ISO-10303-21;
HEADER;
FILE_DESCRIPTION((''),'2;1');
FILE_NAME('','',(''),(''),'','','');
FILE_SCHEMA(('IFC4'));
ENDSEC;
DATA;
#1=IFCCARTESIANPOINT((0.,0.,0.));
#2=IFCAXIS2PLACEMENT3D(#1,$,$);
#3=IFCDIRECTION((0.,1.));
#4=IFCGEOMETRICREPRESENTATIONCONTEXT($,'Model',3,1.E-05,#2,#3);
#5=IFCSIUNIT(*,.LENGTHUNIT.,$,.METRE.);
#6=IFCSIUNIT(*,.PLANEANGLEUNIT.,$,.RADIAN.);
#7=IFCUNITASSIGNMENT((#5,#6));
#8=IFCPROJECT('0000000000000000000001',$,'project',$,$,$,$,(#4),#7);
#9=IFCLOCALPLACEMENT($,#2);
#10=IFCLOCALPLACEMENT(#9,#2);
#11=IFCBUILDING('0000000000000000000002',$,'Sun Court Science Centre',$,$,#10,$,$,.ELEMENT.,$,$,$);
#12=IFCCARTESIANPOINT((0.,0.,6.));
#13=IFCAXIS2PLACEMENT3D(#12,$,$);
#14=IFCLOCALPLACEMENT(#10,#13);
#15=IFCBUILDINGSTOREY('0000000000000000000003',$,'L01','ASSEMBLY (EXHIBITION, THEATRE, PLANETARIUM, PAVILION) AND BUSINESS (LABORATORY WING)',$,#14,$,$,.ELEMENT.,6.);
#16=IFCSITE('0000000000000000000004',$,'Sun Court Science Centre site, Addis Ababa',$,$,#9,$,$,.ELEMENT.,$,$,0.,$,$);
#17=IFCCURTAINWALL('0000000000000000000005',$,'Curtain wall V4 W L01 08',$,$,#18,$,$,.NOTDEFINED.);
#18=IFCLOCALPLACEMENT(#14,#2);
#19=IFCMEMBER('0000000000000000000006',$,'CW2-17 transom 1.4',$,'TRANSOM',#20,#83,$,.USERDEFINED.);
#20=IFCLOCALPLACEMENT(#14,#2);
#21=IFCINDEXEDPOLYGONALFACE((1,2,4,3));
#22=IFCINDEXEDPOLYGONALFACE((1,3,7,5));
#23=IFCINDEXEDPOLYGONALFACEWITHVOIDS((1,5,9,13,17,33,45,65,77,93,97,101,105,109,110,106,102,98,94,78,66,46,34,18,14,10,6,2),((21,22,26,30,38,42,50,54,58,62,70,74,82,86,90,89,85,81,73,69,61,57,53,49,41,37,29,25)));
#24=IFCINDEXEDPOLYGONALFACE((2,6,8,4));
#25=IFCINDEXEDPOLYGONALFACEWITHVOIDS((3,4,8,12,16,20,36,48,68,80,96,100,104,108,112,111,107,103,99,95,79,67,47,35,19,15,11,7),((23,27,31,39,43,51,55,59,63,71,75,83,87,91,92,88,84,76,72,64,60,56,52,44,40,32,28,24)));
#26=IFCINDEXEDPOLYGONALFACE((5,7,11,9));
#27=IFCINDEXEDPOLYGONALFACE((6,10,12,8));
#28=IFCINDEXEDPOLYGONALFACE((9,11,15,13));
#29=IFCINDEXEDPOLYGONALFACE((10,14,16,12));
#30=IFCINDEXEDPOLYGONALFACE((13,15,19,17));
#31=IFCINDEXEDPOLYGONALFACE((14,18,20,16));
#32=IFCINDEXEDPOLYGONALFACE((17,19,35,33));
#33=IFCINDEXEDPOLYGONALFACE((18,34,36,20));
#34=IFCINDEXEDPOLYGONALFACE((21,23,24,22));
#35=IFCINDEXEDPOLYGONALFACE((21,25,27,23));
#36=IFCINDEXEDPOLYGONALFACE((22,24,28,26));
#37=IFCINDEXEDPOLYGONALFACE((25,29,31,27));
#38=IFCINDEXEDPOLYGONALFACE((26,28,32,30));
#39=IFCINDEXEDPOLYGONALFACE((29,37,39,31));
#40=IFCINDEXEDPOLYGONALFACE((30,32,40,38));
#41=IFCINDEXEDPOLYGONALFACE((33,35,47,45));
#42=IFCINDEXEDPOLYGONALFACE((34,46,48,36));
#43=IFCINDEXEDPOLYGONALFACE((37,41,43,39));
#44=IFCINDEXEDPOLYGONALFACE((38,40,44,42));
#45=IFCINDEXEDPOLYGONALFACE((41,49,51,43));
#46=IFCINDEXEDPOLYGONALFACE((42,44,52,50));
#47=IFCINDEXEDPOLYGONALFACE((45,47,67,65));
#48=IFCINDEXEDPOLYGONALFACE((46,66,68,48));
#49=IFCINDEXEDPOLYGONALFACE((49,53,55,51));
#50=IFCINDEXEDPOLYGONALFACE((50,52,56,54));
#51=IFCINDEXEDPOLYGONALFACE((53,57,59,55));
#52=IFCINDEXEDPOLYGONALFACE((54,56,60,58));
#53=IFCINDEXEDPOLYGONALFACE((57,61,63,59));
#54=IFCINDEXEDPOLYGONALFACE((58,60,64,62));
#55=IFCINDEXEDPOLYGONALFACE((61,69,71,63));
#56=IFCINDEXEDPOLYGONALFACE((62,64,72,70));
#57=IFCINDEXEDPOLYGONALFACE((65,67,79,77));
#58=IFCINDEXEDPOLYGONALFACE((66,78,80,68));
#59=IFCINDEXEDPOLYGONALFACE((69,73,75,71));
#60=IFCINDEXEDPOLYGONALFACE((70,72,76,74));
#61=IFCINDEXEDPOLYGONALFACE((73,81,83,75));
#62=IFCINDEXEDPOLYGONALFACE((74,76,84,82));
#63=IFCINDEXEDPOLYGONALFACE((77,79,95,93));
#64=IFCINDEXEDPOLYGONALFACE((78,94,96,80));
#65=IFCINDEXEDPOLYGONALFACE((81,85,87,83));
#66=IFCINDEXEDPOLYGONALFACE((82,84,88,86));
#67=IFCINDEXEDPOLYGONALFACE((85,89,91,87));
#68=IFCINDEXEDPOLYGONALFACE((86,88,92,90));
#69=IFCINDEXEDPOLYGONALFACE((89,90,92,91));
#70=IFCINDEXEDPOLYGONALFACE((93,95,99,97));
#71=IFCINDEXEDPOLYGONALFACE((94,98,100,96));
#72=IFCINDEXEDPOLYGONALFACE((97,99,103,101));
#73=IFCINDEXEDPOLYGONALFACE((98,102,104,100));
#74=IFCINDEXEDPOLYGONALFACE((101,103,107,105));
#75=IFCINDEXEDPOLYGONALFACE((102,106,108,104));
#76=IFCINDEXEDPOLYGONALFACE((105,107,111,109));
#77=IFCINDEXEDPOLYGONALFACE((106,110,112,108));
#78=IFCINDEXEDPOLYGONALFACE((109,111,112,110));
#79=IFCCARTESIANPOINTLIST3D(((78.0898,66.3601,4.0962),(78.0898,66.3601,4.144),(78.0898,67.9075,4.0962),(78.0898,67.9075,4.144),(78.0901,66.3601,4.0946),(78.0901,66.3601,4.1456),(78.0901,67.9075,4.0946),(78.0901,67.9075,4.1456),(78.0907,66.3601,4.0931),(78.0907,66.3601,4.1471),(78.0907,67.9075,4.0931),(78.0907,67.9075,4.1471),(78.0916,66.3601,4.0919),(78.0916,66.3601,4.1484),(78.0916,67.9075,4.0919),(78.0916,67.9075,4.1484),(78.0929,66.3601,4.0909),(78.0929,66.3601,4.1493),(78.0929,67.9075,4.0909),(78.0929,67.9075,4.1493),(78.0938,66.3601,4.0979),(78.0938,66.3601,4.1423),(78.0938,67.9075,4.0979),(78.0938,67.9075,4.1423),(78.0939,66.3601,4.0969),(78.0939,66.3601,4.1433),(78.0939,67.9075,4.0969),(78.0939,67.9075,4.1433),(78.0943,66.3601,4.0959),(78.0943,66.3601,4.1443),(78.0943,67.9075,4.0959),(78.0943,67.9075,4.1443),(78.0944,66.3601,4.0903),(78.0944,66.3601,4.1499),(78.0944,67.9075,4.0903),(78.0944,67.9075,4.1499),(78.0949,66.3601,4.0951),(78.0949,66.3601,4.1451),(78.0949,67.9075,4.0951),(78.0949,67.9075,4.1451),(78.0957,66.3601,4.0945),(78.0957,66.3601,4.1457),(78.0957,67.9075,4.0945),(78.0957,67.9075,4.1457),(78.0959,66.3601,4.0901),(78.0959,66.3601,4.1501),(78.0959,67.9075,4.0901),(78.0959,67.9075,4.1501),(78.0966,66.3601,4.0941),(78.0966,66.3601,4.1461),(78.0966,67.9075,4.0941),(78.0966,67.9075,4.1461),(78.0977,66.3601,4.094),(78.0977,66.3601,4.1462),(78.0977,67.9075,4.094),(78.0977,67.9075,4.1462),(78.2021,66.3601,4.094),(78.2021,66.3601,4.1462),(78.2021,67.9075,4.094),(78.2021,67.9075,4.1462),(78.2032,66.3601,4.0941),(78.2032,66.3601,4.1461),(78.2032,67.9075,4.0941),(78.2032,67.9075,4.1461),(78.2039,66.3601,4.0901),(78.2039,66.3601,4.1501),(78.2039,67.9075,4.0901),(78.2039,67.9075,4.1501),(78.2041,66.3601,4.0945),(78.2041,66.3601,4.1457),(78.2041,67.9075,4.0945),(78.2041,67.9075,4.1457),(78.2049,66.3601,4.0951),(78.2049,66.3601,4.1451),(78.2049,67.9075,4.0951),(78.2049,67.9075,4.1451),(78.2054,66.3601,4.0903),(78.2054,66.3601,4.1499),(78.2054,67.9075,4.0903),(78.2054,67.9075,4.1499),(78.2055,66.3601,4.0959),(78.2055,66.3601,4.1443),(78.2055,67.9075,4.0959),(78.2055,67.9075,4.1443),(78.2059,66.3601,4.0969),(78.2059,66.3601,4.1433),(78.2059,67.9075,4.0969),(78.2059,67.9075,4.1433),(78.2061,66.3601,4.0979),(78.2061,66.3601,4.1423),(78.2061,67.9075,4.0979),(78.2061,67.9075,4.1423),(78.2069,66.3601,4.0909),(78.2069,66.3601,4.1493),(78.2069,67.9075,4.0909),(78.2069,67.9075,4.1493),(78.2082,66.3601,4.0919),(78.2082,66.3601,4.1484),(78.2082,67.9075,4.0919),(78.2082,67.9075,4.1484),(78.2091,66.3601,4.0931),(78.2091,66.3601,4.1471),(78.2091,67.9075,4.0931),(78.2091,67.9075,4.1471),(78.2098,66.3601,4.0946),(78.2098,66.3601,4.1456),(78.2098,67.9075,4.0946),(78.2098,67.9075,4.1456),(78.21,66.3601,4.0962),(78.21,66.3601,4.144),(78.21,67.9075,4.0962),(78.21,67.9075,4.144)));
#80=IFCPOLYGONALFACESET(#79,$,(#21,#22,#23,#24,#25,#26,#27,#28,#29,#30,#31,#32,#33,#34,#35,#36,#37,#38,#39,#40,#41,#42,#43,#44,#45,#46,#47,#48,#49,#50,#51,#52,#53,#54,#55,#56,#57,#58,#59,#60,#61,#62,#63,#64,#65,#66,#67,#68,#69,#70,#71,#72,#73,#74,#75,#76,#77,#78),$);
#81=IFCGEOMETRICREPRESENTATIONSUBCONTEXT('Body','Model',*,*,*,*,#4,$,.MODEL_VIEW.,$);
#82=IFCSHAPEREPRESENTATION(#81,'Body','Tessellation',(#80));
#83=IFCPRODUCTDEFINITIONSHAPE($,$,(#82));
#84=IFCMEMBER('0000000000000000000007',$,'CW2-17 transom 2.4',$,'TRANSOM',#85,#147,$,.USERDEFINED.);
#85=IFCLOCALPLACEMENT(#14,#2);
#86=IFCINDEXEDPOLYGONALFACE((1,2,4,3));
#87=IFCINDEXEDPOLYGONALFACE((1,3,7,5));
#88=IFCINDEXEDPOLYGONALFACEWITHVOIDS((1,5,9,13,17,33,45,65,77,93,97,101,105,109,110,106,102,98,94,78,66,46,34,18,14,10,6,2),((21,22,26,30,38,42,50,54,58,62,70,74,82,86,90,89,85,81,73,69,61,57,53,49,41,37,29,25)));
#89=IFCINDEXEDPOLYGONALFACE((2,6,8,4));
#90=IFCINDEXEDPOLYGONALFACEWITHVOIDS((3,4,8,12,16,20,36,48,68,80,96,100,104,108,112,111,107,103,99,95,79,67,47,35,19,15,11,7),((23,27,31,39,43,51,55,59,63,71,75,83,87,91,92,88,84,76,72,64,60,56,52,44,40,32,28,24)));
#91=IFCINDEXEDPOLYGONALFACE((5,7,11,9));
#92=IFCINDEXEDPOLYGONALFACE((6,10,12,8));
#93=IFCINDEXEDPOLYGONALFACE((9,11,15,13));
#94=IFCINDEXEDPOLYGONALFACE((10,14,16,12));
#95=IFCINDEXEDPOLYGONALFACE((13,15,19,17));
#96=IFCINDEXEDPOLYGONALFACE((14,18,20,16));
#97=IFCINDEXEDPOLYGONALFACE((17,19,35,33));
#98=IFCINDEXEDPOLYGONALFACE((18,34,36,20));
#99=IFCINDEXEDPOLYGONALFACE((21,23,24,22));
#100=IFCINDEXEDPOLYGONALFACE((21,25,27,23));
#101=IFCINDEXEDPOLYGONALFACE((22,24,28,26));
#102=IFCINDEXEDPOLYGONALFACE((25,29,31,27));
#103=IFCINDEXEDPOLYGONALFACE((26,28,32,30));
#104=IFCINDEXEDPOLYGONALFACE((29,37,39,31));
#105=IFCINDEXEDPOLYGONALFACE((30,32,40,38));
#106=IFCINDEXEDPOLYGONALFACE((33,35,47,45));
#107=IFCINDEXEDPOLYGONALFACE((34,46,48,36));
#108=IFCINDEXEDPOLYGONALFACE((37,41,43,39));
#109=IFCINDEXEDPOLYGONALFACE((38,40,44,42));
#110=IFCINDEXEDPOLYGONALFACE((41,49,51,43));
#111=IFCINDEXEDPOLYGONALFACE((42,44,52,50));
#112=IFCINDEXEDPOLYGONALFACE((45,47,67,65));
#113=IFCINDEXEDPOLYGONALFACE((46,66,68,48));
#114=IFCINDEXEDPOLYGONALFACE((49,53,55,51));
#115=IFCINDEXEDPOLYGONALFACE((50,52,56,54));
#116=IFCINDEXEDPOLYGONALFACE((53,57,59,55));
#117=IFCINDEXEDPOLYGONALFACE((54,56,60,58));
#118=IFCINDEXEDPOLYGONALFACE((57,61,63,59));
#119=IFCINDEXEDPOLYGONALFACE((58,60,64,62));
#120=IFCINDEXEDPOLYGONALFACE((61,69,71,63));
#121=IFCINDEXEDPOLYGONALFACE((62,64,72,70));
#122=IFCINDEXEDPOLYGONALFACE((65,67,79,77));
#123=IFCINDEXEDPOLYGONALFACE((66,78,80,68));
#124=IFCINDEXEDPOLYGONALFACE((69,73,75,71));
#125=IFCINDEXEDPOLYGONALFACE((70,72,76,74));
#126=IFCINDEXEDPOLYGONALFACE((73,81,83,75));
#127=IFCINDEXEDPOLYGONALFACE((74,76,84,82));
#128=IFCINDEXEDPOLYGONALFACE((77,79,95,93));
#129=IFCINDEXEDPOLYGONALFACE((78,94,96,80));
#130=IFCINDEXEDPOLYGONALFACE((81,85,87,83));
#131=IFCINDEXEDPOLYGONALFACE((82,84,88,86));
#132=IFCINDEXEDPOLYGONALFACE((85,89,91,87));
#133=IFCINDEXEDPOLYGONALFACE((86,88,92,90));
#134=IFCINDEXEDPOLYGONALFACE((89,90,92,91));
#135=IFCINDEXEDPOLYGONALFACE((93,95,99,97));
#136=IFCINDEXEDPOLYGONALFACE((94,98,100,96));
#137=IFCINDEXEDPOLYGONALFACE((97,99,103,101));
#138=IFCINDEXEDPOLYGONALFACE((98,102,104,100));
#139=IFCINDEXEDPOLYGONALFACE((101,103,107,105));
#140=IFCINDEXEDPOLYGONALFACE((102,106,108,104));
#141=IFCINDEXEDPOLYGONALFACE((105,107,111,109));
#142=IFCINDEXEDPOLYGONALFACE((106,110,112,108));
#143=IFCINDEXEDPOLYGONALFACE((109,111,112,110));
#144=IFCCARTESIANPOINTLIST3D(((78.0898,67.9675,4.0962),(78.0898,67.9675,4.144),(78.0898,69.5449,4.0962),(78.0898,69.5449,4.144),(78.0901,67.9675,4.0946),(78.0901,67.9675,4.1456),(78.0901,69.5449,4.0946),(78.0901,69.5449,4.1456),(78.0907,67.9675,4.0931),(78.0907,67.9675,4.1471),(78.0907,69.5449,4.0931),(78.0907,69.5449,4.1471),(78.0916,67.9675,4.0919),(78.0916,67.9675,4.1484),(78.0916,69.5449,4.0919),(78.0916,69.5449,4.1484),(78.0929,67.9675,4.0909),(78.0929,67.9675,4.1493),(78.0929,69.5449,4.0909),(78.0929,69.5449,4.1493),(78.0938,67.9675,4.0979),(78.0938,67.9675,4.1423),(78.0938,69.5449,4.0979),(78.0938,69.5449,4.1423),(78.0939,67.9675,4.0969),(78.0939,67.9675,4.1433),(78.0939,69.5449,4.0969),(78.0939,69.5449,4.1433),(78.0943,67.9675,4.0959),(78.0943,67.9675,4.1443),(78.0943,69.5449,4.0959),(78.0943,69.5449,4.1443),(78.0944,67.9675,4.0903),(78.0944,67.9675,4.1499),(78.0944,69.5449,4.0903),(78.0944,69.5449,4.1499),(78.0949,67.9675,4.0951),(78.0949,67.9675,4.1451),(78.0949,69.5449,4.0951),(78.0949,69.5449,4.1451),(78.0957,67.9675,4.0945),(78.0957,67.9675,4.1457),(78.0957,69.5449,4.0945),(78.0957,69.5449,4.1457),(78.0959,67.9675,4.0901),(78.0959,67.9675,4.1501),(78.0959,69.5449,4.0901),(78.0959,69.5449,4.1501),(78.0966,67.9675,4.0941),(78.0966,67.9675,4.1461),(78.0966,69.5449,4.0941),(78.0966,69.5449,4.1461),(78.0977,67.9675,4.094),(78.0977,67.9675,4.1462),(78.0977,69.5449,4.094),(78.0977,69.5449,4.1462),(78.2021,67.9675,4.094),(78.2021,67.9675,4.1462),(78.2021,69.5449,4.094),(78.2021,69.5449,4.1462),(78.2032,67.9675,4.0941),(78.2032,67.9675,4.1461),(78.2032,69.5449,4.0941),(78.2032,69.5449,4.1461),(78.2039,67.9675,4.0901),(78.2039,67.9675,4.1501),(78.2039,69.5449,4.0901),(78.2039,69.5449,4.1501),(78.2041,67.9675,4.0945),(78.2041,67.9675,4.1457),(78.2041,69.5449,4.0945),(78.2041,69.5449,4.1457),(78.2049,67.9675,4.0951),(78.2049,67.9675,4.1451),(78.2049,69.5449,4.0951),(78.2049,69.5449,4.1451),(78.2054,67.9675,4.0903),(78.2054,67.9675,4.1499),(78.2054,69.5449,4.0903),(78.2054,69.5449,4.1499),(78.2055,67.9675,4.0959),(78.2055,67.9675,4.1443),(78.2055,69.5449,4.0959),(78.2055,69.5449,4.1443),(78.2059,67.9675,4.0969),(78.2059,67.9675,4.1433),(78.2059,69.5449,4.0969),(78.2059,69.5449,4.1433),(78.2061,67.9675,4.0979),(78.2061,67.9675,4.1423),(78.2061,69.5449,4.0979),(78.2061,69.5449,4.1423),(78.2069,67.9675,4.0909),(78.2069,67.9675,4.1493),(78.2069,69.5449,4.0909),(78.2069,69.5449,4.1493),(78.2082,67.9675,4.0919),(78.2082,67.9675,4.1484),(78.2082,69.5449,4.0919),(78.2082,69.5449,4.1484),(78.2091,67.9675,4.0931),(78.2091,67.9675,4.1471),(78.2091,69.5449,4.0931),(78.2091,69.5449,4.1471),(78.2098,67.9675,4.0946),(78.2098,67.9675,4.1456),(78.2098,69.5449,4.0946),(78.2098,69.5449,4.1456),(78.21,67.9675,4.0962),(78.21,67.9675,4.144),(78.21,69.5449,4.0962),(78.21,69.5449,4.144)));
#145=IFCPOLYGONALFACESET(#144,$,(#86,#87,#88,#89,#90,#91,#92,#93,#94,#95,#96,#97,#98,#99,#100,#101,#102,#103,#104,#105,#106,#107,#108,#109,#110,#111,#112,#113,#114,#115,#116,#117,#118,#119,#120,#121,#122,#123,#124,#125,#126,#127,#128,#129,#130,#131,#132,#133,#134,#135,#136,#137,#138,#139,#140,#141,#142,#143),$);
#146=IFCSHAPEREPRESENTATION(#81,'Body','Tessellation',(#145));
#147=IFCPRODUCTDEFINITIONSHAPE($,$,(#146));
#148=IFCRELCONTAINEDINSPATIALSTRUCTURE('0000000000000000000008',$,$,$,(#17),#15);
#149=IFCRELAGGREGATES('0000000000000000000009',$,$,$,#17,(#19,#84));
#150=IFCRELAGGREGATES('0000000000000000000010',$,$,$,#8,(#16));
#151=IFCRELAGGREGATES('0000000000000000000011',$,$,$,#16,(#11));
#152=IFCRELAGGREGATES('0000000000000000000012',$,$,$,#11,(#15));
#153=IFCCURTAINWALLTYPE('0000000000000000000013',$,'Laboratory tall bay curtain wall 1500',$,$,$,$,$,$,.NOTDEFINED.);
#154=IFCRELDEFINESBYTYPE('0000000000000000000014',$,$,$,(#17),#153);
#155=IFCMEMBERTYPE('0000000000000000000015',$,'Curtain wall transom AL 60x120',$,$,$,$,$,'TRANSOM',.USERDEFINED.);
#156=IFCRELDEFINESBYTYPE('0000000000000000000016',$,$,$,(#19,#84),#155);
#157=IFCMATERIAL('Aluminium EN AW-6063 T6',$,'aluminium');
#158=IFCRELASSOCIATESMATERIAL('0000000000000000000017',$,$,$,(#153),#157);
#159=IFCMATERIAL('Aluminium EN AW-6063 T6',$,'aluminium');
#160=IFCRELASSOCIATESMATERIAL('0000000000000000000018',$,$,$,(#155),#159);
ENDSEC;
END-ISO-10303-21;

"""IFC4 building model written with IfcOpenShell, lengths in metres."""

from ifc_helpers import new_model, si_unit, direction, frame, origin, origin_2d, place, context, subcontext, project, spatial, hollow_rectangle, extrude, material, material_profile, profile_set, type_object, element, aggregate, save


model = new_model("IFC4")

# Units and contexts
model_context = context("Model", 3, precision=1e-05, world=origin(), true_north=direction((0.0, 1.0)))
body_context = subcontext(model_context, "Body", "Model", "MODEL_VIEW")
ifc_project = project(units=[si_unit("LENGTHUNIT", "METRE"), si_unit("PLANEANGLEUNIT", "RADIAN")], contexts=[model_context])

# Site, building, storey
site_placement = place(None, origin())
site = spatial("IfcSite", under=ifc_project, at=site_placement, Name="Sun Court Science Centre site, Addis Ababa", CompositionType="ELEMENT", RefElevation=0.0)
building_placement = place(site_placement, origin())
building = spatial("IfcBuilding", under=site, at=building_placement, Name="Sun Court Science Centre", CompositionType="ELEMENT")
storey_placement = place(building_placement, frame((0.0, 0.0, 6.0)))
storey = spatial("IfcBuildingStorey", under=building, at=storey_placement, Name="L01", Description="ASSEMBLY (EXHIBITION, THEATRE, PLANETARIUM, PAVILION) AND BUSINESS (LABORATORY WING)", CompositionType="ELEMENT", Elevation=6.0)

# Shared definitions
ifc_material_1 = material(Name="Aluminium EN AW-6063 T6", Category="aluminium")
curtain_wall_type = type_object("IfcCurtainWallType", Name="Laboratory tall bay curtain wall 1500", PredefinedType="NOTDEFINED", material=ifc_material_1)

# Curtain wall
curtain_wall_1_placement = place(storey_placement, origin())
curtain_wall_1 = element("IfcCurtainWall", 1, at=curtain_wall_1_placement, inside=storey, type_object=curtain_wall_type, Name="Curtain wall V4 W L01 08", PredefinedType="NOTDEFINED")

# Members
ifc_material_2 = material(Name="Aluminium EN AW-6063 T6", Category="aluminium")
ifc_material_profile_1 = material_profile(ifc_material_2, hollow_rectangle(XDim=0.0601, YDim=0.1201, WallThickness=0.0039, InnerFilletRadius=0.0039, OuterFilletRadius=0.0061, at=origin_2d()), Name="AL 60x120x4")
ifc_profile_set_1 = profile_set([ifc_material_profile_1], Name="Aluminium EN AW-6063 T6")
member_type_1 = type_object("IfcMemberType", Name="Curtain wall transom AL 60x120", ElementType="TRANSOM", PredefinedType="USERDEFINED", material=ifc_profile_set_1)
member_1_placement = place(storey_placement, frame((78.1499, 66.3601, 4.1201), z_axis=(0.0, 1.0, 0.0), x_axis=(0.0, 0.0, 1.0)))
member_1 = element("IfcMember", 2, at=member_1_placement, type_object=member_type_1, Name="CW2-17 transom 1.4", ObjectType="TRANSOM", PredefinedType="USERDEFINED", context=body_context, shape_type="SweptSolid", body=[
    extrude(hollow_rectangle(XDim=0.0601, YDim=0.1201, WallThickness=0.0039, InnerFilletRadius=0.0039, OuterFilletRadius=0.0061, at=origin_2d()), origin(), (0.0, 0.0, 1.0), 1.5474),
])
member_2_placement = place(storey_placement, frame((78.1499, 67.9675, 4.1201), z_axis=(0.0, 1.0, 0.0), x_axis=(0.0, 0.0, 1.0)))
member_2 = element("IfcMember", 3, at=member_2_placement, type_object=member_type_1, Name="CW2-17 transom 2.4", ObjectType="TRANSOM", PredefinedType="USERDEFINED", context=body_context, shape_type="SweptSolid", body=[
    extrude(hollow_rectangle(XDim=0.0601, YDim=0.1201, WallThickness=0.0039, InnerFilletRadius=0.0039, OuterFilletRadius=0.0061, at=origin_2d()), origin(), (0.0, 0.0, 1.0), 1.5774),
])

aggregate(curtain_wall_1, [member_1, member_2])

save(model, "model.ifc")
